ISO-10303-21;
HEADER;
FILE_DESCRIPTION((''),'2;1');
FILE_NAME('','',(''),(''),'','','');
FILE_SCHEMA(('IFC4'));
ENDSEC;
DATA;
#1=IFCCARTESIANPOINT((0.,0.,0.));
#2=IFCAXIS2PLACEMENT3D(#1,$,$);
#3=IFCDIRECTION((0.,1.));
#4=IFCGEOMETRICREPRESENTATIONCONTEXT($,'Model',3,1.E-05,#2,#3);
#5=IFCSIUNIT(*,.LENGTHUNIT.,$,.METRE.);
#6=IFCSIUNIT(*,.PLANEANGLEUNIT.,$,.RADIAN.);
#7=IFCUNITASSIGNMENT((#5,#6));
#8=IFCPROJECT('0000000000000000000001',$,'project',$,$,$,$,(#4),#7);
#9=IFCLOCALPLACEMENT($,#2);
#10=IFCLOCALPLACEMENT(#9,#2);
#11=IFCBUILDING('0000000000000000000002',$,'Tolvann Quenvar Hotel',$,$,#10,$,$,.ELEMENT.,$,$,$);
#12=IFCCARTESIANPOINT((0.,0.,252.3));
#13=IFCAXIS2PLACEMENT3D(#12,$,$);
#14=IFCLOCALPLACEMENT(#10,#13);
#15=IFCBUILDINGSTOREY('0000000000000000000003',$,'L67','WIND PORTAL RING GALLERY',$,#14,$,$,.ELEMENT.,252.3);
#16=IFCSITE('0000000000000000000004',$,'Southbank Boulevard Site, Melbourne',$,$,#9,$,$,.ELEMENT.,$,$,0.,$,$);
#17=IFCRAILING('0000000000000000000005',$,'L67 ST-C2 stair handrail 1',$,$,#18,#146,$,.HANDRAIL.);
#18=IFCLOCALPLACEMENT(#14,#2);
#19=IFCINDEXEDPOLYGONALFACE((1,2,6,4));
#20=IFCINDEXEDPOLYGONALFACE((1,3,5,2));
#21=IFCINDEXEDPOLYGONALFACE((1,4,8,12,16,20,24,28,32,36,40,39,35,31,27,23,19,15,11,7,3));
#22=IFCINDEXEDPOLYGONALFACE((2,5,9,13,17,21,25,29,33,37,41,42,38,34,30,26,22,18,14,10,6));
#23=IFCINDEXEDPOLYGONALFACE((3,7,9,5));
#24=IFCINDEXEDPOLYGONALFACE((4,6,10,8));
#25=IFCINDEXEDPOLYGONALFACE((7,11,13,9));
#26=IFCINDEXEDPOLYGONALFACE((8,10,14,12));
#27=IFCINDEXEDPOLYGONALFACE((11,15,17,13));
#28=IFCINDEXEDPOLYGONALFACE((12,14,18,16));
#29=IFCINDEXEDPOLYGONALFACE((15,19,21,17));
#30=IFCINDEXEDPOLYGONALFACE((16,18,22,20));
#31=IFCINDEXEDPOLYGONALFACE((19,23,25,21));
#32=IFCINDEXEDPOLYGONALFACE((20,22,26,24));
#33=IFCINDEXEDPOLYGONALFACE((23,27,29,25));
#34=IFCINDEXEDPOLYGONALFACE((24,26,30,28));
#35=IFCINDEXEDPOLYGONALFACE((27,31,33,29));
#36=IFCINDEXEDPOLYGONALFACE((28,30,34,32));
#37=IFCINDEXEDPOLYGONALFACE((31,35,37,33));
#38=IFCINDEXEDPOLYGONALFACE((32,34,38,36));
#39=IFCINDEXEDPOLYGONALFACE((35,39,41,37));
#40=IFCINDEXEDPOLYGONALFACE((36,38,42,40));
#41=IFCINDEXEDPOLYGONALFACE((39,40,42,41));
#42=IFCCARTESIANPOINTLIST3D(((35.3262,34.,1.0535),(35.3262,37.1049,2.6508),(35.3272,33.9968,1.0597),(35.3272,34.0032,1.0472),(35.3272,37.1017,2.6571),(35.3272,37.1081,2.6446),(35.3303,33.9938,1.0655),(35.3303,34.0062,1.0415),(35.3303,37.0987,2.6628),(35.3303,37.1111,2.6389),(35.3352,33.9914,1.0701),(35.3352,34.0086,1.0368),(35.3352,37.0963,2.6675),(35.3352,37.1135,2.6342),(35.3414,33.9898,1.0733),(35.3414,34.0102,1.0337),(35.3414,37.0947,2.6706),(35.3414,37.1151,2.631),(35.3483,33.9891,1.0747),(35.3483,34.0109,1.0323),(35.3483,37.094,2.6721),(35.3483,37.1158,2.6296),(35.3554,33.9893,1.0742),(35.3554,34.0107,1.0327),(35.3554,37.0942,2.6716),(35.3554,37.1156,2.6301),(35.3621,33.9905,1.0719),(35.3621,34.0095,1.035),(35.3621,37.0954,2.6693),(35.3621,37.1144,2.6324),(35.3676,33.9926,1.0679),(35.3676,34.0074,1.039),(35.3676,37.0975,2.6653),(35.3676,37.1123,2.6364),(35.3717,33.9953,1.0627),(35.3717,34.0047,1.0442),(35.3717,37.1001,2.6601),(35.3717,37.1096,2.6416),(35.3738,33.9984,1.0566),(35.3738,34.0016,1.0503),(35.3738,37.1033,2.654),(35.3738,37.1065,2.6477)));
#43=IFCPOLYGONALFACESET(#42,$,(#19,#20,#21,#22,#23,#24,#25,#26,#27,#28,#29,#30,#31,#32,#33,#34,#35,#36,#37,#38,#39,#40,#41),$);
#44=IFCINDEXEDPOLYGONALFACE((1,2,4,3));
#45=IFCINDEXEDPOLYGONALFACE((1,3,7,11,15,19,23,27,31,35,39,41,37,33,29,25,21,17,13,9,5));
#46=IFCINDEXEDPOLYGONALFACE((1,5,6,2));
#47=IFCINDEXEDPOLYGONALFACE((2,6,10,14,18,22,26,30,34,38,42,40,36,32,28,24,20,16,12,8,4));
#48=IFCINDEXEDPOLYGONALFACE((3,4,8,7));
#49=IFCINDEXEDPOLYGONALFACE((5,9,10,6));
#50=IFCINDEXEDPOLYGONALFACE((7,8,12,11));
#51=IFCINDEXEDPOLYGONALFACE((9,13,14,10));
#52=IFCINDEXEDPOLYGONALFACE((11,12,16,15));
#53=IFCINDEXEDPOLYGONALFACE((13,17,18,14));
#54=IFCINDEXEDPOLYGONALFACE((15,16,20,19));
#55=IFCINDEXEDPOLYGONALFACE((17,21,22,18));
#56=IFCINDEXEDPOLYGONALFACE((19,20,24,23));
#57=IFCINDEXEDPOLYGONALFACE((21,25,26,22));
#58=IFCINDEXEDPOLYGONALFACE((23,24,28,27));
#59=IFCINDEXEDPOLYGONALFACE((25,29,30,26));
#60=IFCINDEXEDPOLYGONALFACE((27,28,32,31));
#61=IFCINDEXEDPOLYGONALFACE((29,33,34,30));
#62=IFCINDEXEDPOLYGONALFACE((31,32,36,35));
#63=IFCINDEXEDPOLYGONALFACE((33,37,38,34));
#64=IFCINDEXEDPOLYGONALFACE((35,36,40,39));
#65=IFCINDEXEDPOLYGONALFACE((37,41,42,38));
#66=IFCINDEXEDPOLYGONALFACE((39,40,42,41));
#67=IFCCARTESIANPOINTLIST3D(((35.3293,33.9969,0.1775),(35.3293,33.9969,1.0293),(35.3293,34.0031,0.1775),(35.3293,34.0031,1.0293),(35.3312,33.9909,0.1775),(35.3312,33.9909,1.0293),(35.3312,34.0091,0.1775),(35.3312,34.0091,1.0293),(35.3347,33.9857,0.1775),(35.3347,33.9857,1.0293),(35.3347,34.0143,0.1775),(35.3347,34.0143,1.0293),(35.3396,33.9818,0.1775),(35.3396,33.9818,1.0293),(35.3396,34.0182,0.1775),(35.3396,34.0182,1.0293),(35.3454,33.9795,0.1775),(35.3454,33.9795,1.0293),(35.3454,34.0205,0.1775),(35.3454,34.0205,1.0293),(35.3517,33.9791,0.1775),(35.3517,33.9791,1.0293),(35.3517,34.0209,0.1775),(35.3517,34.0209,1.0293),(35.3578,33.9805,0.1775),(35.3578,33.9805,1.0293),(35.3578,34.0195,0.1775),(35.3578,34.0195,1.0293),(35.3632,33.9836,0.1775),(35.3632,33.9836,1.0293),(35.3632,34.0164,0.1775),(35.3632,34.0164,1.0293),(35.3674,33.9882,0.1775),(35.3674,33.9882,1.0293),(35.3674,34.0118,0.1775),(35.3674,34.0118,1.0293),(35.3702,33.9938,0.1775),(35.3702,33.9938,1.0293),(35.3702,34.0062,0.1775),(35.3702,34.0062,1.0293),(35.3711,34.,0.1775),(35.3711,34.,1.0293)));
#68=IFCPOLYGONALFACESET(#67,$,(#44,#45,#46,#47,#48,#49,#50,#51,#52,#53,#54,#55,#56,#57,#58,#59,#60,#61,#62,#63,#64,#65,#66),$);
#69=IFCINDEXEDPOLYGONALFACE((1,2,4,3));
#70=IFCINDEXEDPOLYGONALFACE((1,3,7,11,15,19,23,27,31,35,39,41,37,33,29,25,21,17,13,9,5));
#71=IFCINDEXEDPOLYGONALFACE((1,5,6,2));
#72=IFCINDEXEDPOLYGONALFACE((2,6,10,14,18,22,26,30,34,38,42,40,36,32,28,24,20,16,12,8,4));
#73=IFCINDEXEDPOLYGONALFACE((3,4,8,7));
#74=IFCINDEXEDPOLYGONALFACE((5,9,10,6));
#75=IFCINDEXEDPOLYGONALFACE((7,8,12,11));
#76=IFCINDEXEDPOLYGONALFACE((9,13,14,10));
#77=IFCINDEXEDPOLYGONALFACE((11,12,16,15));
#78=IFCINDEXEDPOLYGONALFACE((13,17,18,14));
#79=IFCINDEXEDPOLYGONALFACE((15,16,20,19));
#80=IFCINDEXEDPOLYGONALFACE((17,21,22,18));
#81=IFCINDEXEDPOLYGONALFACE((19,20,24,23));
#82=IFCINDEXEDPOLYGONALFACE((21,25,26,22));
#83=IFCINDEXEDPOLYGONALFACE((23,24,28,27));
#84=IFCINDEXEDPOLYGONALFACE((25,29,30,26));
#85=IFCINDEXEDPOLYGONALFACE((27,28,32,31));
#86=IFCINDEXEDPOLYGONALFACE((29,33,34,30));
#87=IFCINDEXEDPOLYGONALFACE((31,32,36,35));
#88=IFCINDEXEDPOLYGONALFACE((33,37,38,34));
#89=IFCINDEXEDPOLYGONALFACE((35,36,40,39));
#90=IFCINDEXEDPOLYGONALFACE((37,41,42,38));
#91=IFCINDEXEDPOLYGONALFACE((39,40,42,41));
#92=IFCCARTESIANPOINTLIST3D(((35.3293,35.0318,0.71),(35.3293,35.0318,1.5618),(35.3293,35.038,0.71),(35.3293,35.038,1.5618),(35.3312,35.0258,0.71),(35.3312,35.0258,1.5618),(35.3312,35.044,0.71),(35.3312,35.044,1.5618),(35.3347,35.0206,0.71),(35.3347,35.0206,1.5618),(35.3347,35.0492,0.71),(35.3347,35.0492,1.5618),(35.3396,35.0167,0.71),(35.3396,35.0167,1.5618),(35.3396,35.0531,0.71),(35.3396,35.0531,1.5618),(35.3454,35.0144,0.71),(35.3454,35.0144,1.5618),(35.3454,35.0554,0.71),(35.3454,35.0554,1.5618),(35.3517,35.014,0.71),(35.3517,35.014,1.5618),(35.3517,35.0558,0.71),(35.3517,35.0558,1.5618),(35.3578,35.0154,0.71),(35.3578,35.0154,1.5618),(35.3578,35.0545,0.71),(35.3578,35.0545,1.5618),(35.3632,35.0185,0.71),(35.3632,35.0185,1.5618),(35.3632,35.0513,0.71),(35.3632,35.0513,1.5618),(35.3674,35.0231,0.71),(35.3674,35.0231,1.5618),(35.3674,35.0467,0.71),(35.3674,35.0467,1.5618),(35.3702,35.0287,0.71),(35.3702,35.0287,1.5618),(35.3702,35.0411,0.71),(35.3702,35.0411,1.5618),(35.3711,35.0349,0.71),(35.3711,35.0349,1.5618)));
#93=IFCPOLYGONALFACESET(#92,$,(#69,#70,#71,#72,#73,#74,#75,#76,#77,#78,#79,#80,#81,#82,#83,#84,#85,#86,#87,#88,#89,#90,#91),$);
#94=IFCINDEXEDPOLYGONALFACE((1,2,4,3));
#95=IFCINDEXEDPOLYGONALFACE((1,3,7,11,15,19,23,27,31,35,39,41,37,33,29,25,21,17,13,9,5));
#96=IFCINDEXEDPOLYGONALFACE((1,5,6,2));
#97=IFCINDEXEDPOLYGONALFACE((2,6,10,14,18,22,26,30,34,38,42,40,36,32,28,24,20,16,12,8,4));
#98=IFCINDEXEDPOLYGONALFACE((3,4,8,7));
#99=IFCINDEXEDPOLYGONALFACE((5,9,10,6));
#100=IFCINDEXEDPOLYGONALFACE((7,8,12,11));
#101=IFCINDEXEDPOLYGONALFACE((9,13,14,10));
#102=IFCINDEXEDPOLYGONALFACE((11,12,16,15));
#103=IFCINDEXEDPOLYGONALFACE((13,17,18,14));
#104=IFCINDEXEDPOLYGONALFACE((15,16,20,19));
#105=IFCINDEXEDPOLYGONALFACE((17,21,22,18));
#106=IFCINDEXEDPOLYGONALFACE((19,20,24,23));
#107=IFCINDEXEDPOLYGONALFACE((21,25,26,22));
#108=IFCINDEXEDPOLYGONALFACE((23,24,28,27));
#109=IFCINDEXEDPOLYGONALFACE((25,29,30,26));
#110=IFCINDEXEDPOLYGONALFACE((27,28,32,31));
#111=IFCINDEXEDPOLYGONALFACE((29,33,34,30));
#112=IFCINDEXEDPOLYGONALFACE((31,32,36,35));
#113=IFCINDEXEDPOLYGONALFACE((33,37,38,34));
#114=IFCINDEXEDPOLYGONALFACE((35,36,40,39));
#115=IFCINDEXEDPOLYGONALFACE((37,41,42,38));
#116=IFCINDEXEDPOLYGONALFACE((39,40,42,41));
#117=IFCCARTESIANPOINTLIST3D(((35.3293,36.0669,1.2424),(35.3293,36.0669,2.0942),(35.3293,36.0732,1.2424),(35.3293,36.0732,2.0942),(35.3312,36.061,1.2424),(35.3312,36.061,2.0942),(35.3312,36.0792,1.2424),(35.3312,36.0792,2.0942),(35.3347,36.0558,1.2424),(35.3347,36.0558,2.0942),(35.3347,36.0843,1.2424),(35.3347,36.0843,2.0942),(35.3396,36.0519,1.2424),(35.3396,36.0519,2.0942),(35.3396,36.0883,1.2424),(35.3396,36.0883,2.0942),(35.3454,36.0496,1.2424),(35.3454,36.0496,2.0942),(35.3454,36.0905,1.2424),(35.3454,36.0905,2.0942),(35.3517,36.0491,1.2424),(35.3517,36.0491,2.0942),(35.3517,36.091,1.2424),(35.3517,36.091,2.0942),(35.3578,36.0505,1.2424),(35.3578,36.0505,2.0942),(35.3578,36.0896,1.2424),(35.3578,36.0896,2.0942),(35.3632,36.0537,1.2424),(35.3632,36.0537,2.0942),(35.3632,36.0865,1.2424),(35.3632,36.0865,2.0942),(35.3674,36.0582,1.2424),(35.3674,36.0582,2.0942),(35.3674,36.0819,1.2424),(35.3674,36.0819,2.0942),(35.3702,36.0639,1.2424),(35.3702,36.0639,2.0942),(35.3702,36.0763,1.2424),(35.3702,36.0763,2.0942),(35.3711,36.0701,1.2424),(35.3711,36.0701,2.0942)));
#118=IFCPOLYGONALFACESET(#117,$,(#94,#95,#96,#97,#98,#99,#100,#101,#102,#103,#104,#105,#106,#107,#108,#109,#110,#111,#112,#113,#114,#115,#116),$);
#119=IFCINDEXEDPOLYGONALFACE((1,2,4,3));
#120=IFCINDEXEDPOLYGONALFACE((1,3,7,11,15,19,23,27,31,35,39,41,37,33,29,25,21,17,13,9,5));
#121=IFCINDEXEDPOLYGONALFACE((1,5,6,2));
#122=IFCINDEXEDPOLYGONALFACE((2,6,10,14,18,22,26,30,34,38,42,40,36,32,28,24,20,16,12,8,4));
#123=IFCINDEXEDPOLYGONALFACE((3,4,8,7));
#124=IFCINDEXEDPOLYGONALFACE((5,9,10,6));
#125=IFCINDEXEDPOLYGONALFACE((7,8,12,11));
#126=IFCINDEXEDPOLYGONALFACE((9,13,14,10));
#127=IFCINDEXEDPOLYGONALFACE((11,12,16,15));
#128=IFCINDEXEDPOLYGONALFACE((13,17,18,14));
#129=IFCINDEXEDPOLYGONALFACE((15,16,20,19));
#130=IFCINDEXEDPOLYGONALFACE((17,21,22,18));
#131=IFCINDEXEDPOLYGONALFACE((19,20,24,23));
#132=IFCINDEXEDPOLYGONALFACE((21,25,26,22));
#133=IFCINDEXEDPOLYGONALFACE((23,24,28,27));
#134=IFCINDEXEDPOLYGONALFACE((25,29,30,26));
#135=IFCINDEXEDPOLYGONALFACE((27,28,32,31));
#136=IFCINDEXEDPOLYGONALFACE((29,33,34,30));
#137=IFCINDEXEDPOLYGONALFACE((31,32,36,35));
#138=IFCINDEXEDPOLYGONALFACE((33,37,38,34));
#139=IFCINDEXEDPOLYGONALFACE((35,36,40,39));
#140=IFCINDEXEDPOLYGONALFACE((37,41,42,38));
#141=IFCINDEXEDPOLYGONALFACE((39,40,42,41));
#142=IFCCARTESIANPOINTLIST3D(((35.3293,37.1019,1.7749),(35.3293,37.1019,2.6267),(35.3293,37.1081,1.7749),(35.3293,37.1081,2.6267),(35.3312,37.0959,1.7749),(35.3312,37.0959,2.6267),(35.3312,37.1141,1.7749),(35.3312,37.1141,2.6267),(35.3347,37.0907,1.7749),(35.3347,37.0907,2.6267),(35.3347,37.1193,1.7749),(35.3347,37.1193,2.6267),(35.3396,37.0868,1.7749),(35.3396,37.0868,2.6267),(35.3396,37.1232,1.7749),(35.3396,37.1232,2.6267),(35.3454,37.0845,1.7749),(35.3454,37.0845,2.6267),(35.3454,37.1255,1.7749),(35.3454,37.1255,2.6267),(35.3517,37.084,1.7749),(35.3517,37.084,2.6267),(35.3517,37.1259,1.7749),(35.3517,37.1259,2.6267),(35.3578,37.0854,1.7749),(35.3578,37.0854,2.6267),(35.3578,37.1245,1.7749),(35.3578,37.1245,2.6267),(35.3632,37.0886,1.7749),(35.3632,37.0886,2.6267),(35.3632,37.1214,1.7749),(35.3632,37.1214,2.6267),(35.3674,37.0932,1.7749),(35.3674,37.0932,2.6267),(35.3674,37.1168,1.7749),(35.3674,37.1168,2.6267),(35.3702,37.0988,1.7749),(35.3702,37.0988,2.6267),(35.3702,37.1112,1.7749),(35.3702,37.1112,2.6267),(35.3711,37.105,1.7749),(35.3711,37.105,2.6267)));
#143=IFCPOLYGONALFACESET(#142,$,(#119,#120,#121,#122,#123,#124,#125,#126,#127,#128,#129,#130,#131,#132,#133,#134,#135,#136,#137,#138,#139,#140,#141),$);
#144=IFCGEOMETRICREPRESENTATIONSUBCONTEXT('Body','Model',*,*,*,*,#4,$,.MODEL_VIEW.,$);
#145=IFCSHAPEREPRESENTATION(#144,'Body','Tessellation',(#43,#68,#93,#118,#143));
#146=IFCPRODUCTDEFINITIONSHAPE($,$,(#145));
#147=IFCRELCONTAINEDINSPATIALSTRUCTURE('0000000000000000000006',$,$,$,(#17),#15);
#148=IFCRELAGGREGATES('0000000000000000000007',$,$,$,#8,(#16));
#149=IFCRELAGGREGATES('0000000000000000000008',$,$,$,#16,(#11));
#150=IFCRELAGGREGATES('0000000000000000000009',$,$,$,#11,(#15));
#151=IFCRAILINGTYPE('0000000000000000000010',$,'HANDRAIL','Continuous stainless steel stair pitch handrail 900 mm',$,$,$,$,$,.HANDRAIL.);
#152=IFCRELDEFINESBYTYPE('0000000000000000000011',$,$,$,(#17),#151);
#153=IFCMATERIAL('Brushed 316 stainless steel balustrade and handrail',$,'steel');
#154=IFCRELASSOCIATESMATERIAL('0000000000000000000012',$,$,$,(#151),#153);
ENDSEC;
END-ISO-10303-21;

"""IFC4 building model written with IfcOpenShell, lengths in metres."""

from ifc_helpers import new_model, si_unit, direction, frame, origin, origin_2d, place, context, subcontext, project, spatial, circle, extrude, material, type_object, element, save


model = new_model("IFC4")

# Units and contexts
model_context = context("Model", 3, precision=1e-05, world=origin(), true_north=direction((0.0, 1.0)))
body_context = subcontext(model_context, "Body", "Model", "MODEL_VIEW")
ifc_project = project(units=[si_unit("LENGTHUNIT", "METRE"), si_unit("PLANEANGLEUNIT", "RADIAN")], contexts=[model_context])

# Site, building, storey
site_placement = place(None, origin())
site = spatial("IfcSite", under=ifc_project, at=site_placement, Name="Southbank Boulevard Site, Melbourne", CompositionType="ELEMENT", RefElevation=0.0)
building_placement = place(site_placement, origin())
building = spatial("IfcBuilding", under=site, at=building_placement, Name="Tolvann Quenvar Hotel", CompositionType="ELEMENT")
storey_placement = place(building_placement, frame((0.0, 0.0, 252.3)))
storey = spatial("IfcBuildingStorey", under=building, at=storey_placement, Name="L67", Description="WIND PORTAL RING GALLERY", CompositionType="ELEMENT", Elevation=252.3)

# Railing
ifc_material_1 = material(Name="Brushed 316 stainless steel balustrade and handrail", Category="steel")
railing_type_1 = type_object("IfcRailingType", Name="HANDRAIL", Description="Continuous stainless steel stair pitch handrail 900 mm", PredefinedType="HANDRAIL", material=ifc_material_1)
railing_1_placement = place(storey_placement, frame((35.3501, 34.0, 0.1775)))
element("IfcRailing", 1, at=railing_1_placement, inside=storey, type_object=railing_type_1, Name="L67 ST-C2 stair handrail 1", PredefinedType="HANDRAIL", context=body_context, shape_type="SweptSolid", body=[
    extrude(circle(Radius=0.0239, at=origin_2d()), frame((0.0, 0.0, 0.876), z_axis=(0.0, 0.889222, 0.457476), x_axis=(-1.0, 0.0, 0.0)), (0.0, 0.0, 1.0), 3.4917),
    extrude(circle(Radius=0.021, at=origin_2d()), origin(), (0.0, 0.0, 1.0), 0.8518),
    extrude(circle(Radius=0.021, at=origin_2d()), frame((0.0, 1.0349, 0.5325)), (0.0, 0.0, 1.0), 0.8518),
    extrude(circle(Radius=0.021, at=origin_2d()), frame((0.0, 2.0701, 1.0649)), (0.0, 0.0, 1.0), 0.8518),
    extrude(circle(Radius=0.021, at=origin_2d()), frame((0.0, 3.105, 1.5974)), (0.0, 0.0, 1.0), 0.8518),
])

save(model, "model.ifc")
